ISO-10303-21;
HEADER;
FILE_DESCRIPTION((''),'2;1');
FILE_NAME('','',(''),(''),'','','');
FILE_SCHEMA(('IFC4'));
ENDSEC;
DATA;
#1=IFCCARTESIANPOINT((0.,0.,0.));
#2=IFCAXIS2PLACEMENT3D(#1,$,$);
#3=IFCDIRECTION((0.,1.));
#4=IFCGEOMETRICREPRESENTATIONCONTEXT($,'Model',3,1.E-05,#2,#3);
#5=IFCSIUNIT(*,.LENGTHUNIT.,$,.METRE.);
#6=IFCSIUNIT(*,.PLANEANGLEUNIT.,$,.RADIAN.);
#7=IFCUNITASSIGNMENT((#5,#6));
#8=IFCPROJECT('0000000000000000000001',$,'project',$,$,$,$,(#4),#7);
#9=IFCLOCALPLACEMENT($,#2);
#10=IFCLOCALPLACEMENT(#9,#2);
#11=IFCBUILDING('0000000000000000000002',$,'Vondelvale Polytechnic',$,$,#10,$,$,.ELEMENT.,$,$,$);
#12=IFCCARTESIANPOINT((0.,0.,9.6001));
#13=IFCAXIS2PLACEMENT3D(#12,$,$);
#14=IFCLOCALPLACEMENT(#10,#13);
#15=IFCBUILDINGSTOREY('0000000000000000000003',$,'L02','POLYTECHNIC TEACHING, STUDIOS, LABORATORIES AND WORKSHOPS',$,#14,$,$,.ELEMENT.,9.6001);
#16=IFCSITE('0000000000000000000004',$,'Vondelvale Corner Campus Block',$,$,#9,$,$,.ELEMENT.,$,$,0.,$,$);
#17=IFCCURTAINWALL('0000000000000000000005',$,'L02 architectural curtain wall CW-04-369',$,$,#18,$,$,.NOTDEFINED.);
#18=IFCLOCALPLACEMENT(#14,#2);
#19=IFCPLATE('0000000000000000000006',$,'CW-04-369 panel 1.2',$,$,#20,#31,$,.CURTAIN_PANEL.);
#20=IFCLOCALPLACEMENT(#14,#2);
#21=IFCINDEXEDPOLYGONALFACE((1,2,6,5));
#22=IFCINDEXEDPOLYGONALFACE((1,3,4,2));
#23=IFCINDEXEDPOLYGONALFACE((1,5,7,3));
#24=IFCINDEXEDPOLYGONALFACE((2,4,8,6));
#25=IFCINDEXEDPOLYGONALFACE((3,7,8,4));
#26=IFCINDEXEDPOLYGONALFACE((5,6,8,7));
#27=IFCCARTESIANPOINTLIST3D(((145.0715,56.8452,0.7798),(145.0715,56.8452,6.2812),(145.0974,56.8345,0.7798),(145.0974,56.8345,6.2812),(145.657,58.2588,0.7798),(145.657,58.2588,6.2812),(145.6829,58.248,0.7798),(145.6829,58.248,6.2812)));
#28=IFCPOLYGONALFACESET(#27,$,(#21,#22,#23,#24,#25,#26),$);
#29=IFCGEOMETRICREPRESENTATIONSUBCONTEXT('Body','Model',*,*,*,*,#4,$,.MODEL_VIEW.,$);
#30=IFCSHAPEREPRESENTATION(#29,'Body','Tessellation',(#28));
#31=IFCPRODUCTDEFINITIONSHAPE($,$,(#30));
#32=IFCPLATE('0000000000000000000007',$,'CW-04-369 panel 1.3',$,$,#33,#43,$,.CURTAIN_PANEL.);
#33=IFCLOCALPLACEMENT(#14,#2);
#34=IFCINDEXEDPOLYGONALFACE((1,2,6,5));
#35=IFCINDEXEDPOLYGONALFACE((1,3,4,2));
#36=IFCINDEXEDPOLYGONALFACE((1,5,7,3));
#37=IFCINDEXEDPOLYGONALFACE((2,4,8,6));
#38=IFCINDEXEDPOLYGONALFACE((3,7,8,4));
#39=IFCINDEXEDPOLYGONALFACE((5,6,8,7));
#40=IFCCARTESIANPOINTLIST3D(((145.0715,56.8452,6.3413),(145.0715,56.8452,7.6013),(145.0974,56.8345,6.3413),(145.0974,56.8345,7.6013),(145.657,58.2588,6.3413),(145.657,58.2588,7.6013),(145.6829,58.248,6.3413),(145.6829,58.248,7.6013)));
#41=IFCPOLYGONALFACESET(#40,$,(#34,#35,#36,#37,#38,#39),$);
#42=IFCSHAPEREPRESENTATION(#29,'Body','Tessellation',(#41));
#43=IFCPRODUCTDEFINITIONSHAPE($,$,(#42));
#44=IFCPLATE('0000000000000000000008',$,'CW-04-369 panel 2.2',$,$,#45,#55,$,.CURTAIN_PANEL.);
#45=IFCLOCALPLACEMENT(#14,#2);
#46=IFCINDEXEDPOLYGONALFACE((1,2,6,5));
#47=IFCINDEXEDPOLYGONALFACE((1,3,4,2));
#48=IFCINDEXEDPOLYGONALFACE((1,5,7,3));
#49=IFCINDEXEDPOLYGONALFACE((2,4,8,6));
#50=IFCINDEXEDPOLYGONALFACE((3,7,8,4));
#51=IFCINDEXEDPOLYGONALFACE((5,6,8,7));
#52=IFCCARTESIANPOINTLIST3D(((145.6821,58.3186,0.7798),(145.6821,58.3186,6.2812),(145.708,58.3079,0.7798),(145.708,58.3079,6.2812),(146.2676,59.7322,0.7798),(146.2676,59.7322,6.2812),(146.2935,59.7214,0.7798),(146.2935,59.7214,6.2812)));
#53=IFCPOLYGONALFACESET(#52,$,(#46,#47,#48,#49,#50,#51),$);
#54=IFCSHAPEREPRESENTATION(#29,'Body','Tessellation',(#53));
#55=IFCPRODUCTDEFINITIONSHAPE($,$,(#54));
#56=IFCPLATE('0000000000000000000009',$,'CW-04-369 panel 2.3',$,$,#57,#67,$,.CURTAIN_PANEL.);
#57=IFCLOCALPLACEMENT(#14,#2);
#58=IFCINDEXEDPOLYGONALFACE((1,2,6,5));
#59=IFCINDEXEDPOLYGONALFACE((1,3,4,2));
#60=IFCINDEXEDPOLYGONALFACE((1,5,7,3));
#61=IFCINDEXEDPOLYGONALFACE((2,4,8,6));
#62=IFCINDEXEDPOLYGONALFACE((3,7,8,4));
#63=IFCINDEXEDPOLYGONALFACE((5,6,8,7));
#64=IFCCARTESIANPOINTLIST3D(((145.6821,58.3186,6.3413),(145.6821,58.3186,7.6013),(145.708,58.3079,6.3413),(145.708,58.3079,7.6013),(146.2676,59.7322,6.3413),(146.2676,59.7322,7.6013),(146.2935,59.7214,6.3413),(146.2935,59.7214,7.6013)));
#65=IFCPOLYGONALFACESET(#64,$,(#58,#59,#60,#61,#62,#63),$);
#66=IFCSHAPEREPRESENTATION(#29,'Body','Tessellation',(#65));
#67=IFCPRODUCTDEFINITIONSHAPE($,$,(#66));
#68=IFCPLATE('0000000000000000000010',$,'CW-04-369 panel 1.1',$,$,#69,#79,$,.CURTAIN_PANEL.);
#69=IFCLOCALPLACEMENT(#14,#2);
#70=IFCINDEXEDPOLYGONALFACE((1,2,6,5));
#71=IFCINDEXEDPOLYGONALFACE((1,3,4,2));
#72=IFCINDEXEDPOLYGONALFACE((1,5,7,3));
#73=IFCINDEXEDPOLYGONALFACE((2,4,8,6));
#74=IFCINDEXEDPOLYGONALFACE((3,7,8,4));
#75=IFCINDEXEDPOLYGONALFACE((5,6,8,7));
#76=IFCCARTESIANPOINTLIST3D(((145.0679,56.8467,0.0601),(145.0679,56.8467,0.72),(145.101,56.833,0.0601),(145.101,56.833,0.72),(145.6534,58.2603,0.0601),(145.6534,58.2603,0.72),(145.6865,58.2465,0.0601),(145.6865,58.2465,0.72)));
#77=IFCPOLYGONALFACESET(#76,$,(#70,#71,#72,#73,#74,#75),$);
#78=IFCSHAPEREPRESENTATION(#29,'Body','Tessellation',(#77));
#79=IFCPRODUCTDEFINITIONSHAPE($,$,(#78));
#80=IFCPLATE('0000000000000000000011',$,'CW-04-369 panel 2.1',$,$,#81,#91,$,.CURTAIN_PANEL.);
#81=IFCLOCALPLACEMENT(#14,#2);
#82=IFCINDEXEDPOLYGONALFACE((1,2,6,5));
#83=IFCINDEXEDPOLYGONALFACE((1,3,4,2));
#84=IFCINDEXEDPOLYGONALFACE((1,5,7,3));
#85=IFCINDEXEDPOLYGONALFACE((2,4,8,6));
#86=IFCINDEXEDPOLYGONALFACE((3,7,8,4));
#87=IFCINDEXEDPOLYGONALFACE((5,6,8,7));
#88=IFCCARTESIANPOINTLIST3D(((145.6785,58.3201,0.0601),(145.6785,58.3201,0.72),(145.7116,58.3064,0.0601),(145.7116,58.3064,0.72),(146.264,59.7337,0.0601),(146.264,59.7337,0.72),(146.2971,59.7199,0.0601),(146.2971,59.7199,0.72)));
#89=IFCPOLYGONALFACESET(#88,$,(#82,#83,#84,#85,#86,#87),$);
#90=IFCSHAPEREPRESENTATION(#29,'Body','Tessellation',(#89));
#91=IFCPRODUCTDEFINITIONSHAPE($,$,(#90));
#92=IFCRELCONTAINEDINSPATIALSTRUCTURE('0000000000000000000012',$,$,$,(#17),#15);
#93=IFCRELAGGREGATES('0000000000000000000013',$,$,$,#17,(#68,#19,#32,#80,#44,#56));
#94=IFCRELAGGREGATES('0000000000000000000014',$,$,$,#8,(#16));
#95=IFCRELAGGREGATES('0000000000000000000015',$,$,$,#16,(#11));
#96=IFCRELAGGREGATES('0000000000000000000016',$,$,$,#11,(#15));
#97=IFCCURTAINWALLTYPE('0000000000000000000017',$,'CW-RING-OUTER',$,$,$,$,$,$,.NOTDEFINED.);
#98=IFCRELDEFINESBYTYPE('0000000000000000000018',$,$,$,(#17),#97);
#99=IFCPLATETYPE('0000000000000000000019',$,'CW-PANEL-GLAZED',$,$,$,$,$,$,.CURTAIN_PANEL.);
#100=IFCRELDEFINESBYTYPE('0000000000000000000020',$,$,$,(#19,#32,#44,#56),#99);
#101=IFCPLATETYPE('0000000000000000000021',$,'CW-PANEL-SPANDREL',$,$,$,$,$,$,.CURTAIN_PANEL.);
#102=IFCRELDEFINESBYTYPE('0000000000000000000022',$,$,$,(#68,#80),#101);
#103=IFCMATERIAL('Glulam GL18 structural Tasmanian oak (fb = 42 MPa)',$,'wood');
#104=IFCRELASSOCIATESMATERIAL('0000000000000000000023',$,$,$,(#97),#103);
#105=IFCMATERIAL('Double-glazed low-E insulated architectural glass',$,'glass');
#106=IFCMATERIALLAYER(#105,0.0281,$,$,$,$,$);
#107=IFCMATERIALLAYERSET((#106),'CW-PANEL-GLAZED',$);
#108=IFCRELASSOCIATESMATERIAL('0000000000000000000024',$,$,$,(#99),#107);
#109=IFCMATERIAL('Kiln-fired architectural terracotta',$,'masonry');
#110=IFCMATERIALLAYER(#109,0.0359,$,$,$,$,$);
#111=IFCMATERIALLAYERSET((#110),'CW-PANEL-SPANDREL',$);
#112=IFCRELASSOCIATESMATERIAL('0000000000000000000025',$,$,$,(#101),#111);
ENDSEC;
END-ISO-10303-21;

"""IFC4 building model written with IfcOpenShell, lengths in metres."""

from ifc_helpers import new_model, si_unit, direction, frame, origin, origin_2d, place, context, subcontext, project, spatial, rectangle, extrude, material, layer, layer_set, type_object, element, aggregate, save


model = new_model("IFC4")

# Units and contexts
model_context = context("Model", 3, precision=1e-05, world=origin(), true_north=direction((0.0, 1.0)))
body_context = subcontext(model_context, "Body", "Model", "MODEL_VIEW")
ifc_project = project(units=[si_unit("LENGTHUNIT", "METRE"), si_unit("PLANEANGLEUNIT", "RADIAN")], contexts=[model_context])

# Site, building, storey
site_placement = place(None, origin())
site = spatial("IfcSite", under=ifc_project, at=site_placement, Name="Vondelvale Corner Campus Block", CompositionType="ELEMENT", RefElevation=0.0)
building_placement = place(site_placement, origin())
building = spatial("IfcBuilding", under=site, at=building_placement, Name="Vondelvale Polytechnic", CompositionType="ELEMENT")
storey_placement = place(building_placement, frame((0.0, 0.0, 9.6001)))
storey = spatial("IfcBuildingStorey", under=building, at=storey_placement, Name="L02", Description="POLYTECHNIC TEACHING, STUDIOS, LABORATORIES AND WORKSHOPS", CompositionType="ELEMENT", Elevation=9.6001)

# Shared definitions
ifc_material_1 = material(Name="Glulam GL18 structural Tasmanian oak (fb = 42 MPa)", Category="wood")

# Shared definitions
curtain_wall_type = type_object("IfcCurtainWallType", Name="CW-RING-OUTER", PredefinedType="NOTDEFINED", material=ifc_material_1)

# Curtain wall
curtain_wall_1_placement = place(storey_placement, origin())
curtain_wall_1 = element("IfcCurtainWall", 1, at=curtain_wall_1_placement, inside=storey, type_object=curtain_wall_type, Name="L02 architectural curtain wall CW-04-369", PredefinedType="NOTDEFINED")

# Plates
ifc_material_2 = material(Name="Double-glazed low-E insulated architectural glass", Category="glass")
ifc_layer_1 = layer(ifc_material_2, 0.0281)
ifc_layer_set_1 = layer_set([ifc_layer_1], Name="CW-PANEL-GLAZED")
plate_type_1 = type_object("IfcPlateType", Name="CW-PANEL-GLAZED", PredefinedType="CURTAIN_PANEL", material=ifc_layer_set_1)
plate_1_placement = place(storey_placement, frame((145.3772, 57.5466, 0.7798), z_axis=(0.0, 0.0, 1.0), x_axis=(0.382677, 0.923882, 0.0)))
plate_1 = element("IfcPlate", 2, at=plate_1_placement, type_object=plate_type_1, Name="CW-04-369 panel 1.2", PredefinedType="CURTAIN_PANEL", context=body_context, shape_type="SweptSolid", body=[
    extrude(rectangle(XDim=1.53, YDim=0.0281, at=origin_2d()), origin(), (0.0, 0.0, 1.0), 5.5015),
])
plate_2_placement = place(storey_placement, frame((145.3772, 57.5466, 6.3413), z_axis=(0.0, 0.0, 1.0), x_axis=(0.382677, 0.923882, 0.0)))
plate_2 = element("IfcPlate", 3, at=plate_2_placement, type_object=plate_type_1, Name="CW-04-369 panel 1.3", PredefinedType="CURTAIN_PANEL", context=body_context, shape_type="SweptSolid", body=[
    extrude(rectangle(XDim=1.53, YDim=0.0281, at=origin_2d()), origin(), (0.0, 0.0, 1.0), 1.26),
])
plate_3_placement = place(storey_placement, frame((145.9878, 59.02, 0.7798), z_axis=(0.0, 0.0, 1.0), x_axis=(0.382677, 0.923882, 0.0)))
plate_3 = element("IfcPlate", 4, at=plate_3_placement, type_object=plate_type_1, Name="CW-04-369 panel 2.2", PredefinedType="CURTAIN_PANEL", context=body_context, shape_type="SweptSolid", body=[
    extrude(rectangle(XDim=1.53, YDim=0.0281, at=origin_2d()), origin(), (0.0, 0.0, 1.0), 5.5015),
])
plate_4_placement = place(storey_placement, frame((145.9878, 59.02, 6.3413), z_axis=(0.0, 0.0, 1.0), x_axis=(0.382677, 0.923882, 0.0)))
plate_4 = element("IfcPlate", 5, at=plate_4_placement, type_object=plate_type_1, Name="CW-04-369 panel 2.3", PredefinedType="CURTAIN_PANEL", context=body_context, shape_type="SweptSolid", body=[
    extrude(rectangle(XDim=1.53, YDim=0.0281, at=origin_2d()), origin(), (0.0, 0.0, 1.0), 1.26),
])
ifc_material_3 = material(Name="Kiln-fired architectural terracotta", Category="masonry")
ifc_layer_2 = layer(ifc_material_3, 0.0359)
ifc_layer_set_2 = layer_set([ifc_layer_2], Name="CW-PANEL-SPANDREL")
plate_type_2 = type_object("IfcPlateType", Name="CW-PANEL-SPANDREL", PredefinedType="CURTAIN_PANEL", material=ifc_layer_set_2)
plate_5_placement = place(storey_placement, frame((145.3772, 57.5466, 0.0601), z_axis=(0.0, 0.0, 1.0), x_axis=(0.382677, 0.923882, 0.0)))
plate_5 = element("IfcPlate", 6, at=plate_5_placement, type_object=plate_type_2, Name="CW-04-369 panel 1.1", PredefinedType="CURTAIN_PANEL", context=body_context, shape_type="SweptSolid", body=[
    extrude(rectangle(XDim=1.53, YDim=0.0359, at=origin_2d()), origin(), (0.0, 0.0, 1.0), 0.6599),
])
plate_6_placement = place(storey_placement, frame((145.9878, 59.02, 0.0601), z_axis=(0.0, 0.0, 1.0), x_axis=(0.382677, 0.923882, 0.0)))
plate_6 = element("IfcPlate", 7, at=plate_6_placement, type_object=plate_type_2, Name="CW-04-369 panel 2.1", PredefinedType="CURTAIN_PANEL", context=body_context, shape_type="SweptSolid", body=[
    extrude(rectangle(XDim=1.53, YDim=0.0359, at=origin_2d()), origin(), (0.0, 0.0, 1.0), 0.6599),
])
aggregate(curtain_wall_1, [plate_5, plate_1, plate_2, plate_6, plate_3, plate_4])

save(model, "model.ifc")
